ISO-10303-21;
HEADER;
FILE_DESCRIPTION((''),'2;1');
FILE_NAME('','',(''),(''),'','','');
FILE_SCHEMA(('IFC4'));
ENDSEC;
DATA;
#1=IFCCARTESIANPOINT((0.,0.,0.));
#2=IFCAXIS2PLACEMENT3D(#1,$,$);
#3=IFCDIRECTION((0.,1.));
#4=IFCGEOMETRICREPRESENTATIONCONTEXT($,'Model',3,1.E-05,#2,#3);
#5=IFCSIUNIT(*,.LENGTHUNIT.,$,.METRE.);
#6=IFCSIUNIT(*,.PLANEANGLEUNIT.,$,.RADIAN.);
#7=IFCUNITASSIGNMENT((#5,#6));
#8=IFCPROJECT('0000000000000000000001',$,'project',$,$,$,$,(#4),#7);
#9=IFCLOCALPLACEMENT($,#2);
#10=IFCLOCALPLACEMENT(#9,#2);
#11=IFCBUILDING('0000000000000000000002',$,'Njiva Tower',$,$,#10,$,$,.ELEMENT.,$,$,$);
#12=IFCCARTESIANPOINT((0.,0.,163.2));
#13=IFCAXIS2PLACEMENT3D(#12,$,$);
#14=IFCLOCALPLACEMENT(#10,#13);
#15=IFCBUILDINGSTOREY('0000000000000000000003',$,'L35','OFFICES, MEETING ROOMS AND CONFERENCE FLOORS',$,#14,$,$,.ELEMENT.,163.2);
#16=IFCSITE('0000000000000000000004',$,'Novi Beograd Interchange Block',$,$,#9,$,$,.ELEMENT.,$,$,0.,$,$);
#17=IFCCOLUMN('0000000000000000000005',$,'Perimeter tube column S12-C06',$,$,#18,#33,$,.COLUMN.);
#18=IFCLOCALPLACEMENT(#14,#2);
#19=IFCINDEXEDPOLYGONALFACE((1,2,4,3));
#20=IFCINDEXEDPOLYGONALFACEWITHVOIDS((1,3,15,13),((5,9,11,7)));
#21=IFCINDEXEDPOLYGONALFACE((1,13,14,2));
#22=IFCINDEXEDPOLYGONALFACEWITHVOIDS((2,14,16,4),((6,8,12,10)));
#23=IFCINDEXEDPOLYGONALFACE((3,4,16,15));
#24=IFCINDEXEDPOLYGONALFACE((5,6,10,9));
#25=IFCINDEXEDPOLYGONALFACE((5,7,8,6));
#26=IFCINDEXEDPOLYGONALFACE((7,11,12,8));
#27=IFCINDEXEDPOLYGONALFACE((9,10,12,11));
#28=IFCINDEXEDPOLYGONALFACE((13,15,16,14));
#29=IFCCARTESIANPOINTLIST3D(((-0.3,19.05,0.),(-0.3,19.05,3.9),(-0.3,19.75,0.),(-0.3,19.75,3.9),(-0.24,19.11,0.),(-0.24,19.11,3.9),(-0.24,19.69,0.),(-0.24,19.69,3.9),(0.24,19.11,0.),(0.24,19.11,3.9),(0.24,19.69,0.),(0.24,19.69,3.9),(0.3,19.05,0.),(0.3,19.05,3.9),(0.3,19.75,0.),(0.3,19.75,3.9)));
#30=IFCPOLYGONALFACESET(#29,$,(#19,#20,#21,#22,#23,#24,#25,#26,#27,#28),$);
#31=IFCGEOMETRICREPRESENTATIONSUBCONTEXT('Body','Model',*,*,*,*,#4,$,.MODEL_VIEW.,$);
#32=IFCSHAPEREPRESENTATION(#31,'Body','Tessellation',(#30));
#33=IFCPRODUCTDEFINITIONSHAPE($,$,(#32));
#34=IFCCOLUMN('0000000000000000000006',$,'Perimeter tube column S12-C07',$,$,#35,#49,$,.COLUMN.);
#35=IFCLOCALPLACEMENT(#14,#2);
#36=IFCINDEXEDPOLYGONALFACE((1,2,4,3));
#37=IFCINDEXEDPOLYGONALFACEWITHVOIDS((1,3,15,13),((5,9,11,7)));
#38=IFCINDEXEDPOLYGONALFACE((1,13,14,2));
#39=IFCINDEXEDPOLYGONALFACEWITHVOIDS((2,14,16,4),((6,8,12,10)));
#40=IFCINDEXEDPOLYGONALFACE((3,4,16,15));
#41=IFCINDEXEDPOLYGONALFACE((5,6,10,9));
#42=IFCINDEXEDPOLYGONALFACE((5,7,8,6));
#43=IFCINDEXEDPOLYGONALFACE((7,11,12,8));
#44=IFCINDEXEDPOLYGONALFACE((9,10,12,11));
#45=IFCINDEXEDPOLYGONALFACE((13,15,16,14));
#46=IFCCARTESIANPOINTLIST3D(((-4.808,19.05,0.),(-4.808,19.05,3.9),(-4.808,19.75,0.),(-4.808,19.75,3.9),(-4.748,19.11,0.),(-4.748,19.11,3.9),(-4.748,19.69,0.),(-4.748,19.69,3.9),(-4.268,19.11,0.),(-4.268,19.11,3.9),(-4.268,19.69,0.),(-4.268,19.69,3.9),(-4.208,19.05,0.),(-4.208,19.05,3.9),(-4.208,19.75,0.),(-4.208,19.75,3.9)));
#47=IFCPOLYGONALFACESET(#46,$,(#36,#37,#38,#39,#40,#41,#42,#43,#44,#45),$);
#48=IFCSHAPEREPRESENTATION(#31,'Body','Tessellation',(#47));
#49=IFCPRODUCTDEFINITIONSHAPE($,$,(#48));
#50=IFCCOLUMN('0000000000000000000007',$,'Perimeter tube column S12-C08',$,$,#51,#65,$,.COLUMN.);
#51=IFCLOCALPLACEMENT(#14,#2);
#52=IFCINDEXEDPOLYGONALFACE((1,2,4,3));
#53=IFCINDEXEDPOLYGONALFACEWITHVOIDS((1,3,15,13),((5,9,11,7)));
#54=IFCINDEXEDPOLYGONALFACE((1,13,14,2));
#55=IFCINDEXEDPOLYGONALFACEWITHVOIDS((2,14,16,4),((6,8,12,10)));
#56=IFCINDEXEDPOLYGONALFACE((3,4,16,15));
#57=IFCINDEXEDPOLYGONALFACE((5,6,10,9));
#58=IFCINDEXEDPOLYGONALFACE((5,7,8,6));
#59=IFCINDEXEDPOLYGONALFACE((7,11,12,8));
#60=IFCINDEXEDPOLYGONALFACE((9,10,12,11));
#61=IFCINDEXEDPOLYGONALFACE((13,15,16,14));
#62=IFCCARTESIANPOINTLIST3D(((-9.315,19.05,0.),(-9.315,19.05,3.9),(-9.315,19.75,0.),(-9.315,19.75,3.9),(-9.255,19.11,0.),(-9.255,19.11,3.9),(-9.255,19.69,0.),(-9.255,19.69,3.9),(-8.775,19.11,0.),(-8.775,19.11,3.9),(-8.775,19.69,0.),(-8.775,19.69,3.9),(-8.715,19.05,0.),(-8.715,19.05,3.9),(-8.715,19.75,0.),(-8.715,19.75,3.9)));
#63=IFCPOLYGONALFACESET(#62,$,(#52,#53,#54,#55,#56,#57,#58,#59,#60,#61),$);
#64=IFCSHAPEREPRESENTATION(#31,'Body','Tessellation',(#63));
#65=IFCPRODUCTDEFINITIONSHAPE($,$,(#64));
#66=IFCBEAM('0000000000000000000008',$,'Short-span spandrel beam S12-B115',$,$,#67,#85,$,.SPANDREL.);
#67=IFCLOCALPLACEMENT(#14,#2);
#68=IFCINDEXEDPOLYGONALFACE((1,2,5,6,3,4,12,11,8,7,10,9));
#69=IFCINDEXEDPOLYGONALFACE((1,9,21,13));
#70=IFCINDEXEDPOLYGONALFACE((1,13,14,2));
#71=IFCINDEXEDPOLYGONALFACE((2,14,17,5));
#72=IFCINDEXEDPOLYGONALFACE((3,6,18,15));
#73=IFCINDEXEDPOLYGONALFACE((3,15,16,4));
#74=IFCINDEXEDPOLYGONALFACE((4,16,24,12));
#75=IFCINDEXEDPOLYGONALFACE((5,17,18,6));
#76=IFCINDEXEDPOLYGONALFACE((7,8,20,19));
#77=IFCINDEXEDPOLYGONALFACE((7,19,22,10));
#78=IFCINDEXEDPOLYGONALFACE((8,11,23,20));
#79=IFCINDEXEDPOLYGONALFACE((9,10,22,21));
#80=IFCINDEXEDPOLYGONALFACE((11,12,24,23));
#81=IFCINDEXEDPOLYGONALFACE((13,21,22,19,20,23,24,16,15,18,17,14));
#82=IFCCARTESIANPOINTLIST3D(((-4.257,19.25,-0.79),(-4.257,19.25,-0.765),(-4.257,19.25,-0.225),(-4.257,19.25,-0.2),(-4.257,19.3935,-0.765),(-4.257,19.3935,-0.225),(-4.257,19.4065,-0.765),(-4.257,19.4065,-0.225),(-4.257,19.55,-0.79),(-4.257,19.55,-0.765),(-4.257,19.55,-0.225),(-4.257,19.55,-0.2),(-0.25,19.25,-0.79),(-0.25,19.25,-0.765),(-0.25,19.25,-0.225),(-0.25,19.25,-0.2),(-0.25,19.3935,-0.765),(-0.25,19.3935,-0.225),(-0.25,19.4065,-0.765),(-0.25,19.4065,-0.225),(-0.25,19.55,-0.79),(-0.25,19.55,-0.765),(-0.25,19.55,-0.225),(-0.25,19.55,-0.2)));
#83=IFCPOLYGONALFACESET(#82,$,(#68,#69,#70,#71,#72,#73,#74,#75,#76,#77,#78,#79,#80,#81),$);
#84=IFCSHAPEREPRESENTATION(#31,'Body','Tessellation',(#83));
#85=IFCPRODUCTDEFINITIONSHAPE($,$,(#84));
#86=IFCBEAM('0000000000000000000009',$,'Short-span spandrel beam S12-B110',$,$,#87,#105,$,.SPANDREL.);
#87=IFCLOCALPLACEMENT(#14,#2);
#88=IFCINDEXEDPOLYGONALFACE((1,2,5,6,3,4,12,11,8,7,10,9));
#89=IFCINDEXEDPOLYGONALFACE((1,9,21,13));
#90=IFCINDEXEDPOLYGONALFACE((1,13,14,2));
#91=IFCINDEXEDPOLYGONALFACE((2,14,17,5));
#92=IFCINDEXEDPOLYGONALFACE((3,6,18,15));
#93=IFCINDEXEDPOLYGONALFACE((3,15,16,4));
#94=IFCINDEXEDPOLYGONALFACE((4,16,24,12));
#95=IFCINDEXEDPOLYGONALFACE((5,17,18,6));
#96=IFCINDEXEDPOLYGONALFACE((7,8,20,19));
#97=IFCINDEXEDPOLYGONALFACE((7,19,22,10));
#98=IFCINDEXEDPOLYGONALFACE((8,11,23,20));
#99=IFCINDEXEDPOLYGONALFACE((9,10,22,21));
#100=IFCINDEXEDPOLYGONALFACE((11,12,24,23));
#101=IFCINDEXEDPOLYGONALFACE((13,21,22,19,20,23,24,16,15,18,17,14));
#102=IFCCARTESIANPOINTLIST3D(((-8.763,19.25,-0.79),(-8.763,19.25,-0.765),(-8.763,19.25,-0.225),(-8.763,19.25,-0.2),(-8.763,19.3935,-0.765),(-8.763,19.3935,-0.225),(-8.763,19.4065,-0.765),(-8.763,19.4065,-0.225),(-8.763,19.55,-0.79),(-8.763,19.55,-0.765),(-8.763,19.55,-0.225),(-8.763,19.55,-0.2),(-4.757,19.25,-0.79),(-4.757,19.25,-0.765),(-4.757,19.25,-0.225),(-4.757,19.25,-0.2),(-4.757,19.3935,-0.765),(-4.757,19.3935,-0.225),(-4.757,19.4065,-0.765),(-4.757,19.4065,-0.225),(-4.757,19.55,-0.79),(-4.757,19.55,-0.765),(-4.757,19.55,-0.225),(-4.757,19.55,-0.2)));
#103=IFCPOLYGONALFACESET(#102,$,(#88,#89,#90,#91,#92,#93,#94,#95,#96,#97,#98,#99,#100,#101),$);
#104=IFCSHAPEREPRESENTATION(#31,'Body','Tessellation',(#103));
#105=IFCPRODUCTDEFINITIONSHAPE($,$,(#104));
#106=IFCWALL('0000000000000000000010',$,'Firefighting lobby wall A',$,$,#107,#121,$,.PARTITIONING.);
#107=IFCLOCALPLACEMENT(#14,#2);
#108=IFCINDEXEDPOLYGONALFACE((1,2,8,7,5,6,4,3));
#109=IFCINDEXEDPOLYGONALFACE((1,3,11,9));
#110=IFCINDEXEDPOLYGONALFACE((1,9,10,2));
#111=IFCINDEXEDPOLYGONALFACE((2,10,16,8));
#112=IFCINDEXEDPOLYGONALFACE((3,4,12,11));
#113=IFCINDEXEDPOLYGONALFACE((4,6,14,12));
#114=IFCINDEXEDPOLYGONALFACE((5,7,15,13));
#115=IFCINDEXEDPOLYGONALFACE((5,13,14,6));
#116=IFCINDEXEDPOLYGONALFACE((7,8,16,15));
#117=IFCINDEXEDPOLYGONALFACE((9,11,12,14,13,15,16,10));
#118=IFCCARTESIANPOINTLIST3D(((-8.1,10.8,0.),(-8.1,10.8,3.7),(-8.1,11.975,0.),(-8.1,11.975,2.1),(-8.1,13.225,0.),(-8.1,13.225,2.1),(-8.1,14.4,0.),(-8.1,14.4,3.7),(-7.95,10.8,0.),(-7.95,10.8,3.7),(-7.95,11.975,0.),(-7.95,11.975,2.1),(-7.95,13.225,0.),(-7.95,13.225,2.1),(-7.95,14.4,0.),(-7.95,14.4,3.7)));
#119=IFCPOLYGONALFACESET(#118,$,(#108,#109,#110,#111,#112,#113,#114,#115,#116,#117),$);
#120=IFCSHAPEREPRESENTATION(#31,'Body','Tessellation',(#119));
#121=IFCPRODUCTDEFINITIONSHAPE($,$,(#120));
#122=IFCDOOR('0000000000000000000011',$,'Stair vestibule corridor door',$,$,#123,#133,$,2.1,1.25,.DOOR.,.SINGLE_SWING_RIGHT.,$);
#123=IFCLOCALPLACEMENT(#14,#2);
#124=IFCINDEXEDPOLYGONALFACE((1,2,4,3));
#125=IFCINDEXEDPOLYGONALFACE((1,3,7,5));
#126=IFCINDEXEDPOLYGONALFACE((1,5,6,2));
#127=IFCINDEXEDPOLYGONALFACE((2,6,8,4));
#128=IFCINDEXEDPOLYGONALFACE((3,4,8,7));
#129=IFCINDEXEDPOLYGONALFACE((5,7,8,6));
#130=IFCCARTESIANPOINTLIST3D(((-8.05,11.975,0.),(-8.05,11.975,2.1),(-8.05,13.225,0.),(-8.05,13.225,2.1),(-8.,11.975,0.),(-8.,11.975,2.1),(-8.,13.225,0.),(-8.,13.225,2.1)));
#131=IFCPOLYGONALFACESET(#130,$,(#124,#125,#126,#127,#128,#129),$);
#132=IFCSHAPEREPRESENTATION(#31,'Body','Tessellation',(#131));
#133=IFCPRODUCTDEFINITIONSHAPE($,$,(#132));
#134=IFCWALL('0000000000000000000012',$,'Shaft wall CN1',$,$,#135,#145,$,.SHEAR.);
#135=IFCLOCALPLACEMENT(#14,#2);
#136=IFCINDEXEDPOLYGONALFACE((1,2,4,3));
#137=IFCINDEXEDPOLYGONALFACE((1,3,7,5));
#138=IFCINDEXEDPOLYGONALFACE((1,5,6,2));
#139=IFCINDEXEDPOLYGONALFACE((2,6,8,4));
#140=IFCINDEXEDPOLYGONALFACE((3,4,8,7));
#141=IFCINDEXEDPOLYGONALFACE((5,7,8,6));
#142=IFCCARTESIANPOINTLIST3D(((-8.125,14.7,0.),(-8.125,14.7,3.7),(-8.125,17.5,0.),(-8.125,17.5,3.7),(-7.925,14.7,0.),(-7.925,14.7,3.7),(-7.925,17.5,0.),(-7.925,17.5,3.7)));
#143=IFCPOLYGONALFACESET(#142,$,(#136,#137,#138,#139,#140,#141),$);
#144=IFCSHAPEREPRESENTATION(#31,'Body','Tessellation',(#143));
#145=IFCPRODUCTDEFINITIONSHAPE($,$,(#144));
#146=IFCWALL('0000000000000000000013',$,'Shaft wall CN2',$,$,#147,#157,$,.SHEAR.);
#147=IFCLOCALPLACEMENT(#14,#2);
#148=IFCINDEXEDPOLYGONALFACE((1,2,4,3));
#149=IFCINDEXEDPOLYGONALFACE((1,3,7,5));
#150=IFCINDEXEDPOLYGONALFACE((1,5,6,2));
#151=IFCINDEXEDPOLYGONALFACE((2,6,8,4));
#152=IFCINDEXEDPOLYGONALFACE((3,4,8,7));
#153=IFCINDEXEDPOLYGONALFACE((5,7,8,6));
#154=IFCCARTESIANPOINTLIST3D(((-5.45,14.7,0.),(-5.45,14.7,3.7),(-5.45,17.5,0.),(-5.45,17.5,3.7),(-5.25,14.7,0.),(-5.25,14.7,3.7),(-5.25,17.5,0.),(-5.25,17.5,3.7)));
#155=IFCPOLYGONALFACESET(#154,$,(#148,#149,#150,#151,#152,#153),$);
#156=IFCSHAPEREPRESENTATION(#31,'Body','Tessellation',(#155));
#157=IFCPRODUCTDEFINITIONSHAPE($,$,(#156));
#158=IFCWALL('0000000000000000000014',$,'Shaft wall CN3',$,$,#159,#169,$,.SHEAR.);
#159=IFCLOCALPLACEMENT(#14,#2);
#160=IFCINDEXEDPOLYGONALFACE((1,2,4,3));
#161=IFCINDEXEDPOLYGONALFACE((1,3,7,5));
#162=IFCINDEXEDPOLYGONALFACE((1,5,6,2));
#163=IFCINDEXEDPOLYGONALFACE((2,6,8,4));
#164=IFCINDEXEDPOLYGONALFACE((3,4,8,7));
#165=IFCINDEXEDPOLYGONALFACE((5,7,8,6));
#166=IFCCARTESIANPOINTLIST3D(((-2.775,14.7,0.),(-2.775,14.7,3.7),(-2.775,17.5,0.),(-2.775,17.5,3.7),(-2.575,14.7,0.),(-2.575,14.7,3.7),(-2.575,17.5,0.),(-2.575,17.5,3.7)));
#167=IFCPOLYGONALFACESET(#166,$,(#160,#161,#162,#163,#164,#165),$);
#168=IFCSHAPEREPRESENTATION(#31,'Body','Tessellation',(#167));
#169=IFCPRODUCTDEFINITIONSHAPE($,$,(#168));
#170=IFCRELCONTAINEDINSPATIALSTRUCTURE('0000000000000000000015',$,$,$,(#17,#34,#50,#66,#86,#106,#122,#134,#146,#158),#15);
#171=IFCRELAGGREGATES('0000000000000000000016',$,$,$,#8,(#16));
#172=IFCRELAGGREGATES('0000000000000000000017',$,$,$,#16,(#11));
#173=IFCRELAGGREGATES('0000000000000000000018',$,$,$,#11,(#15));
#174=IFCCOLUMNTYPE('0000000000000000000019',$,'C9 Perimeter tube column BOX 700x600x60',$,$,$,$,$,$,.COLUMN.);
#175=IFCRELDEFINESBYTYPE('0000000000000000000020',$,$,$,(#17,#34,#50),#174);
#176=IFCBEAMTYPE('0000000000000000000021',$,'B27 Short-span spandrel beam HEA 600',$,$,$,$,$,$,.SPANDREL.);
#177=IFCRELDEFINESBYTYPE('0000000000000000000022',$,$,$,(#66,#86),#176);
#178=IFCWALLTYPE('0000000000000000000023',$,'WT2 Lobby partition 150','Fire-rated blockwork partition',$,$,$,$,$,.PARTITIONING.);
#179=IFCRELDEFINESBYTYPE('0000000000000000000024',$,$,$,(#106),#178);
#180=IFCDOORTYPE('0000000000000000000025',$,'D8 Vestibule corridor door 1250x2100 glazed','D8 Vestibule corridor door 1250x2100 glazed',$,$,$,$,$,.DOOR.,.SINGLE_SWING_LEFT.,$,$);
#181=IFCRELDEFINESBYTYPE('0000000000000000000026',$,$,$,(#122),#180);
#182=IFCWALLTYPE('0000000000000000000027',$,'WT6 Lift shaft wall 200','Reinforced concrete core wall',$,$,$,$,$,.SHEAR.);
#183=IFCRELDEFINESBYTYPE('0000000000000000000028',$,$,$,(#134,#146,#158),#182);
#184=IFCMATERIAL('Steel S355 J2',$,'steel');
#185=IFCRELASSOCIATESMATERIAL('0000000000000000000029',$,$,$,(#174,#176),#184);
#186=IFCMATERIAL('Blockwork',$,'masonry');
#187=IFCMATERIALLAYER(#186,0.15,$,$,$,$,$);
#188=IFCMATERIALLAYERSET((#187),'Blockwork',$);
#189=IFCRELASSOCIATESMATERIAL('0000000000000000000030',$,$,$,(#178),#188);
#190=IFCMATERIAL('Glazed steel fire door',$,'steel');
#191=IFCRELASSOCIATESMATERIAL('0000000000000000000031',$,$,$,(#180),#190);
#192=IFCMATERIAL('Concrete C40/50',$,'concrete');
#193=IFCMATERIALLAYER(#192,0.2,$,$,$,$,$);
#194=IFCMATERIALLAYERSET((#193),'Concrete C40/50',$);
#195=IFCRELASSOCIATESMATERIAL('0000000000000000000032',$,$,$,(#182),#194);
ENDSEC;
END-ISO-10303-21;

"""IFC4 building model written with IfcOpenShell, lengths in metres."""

from ifc_helpers import new_model, si_unit, direction, frame, frame_2d, origin, origin_2d, place, context, subcontext, project, spatial, rectangle, hollow_rectangle, i_section, extrude, material, layer, layer_set, material_profile, profile_set, type_object, element, fill, save


model = new_model("IFC4")

# Units and contexts
model_context = context("Model", 3, precision=1e-05, world=origin(), true_north=direction((0.0, 1.0)))
body_context = subcontext(model_context, "Body", "Model", "MODEL_VIEW")
ifc_project = project(units=[si_unit("LENGTHUNIT", "METRE"), si_unit("PLANEANGLEUNIT", "RADIAN")], contexts=[model_context])

# Site, building, storey
site_placement = place(None, origin())
site = spatial("IfcSite", under=ifc_project, at=site_placement, Name="Novi Beograd Interchange Block", CompositionType="ELEMENT", RefElevation=0.0)
building_placement = place(site_placement, origin())
building = spatial("IfcBuilding", under=site, at=building_placement, Name="Njiva Tower", CompositionType="ELEMENT")
storey_placement = place(building_placement, frame((0.0, 0.0, 163.2)))
storey = spatial("IfcBuildingStorey", under=building, at=storey_placement, Name="L35", Description="OFFICES, MEETING ROOMS AND CONFERENCE FLOORS", CompositionType="ELEMENT", Elevation=163.2)

# Columns
ifc_material_1 = material(Name="Steel S355 J2", Category="steel")
ifc_material_profile_1 = material_profile(ifc_material_1, hollow_rectangle(XDim=0.6, YDim=0.7, WallThickness=0.06, at=origin_2d()), Name="BOX 700x600x60")
ifc_profile_set_1 = profile_set([ifc_material_profile_1], Name="Steel S355 J2")
column_type = type_object("IfcColumnType", Name="C9 Perimeter tube column BOX 700x600x60", PredefinedType="COLUMN", material=ifc_profile_set_1)
for number, where, z_axis, x_axis, name in (
    (1, (0.0, 19.4, 0.0), (0.0, 0.0, 1.0), (-1.0, 0.0, 0.0), "Perimeter tube column S12-C06"),
    (2, (-4.508, 19.4, 0.0), (0.0, 0.0, 1.0), (-1.0, 0.0, 0.0), "Perimeter tube column S12-C07"),
    (3, (-9.015, 19.4, 0.0), (0.0, 0.0, 1.0), (-1.0, 0.0, 0.0), "Perimeter tube column S12-C08"),
):
    element("IfcColumn", number, at=place(storey_placement, frame(where, z_axis=z_axis, x_axis=x_axis)), inside=storey, type_object=column_type, Name=name, PredefinedType="COLUMN", context=body_context, shape_type="SweptSolid", body=[
        extrude(hollow_rectangle(XDim=0.6, YDim=0.7, WallThickness=0.06, at=origin_2d()), origin(), (0.0, 0.0, 1.0), 3.9),
    ])

# Beams
ifc_material_profile_2 = material_profile(ifc_material_1, i_section(OverallWidth=0.3, OverallDepth=0.59, WebThickness=0.013, FlangeThickness=0.025, at=origin_2d()), Name="HEA 600")
ifc_profile_set_2 = profile_set([ifc_material_profile_2], Name="Steel S355 J2")
beam_type = type_object("IfcBeamType", Name="B27 Short-span spandrel beam HEA 600", PredefinedType="SPANDREL", material=ifc_profile_set_2)
beam_1_placement = place(storey_placement, frame((-0.25, 19.4, -0.495), z_axis=(-1.0, 0.0, 0.0), x_axis=(0.0, -1.0, 0.0)))
element("IfcBeam", 4, at=beam_1_placement, inside=storey, type_object=beam_type, Name="Short-span spandrel beam S12-B115", PredefinedType="SPANDREL", context=body_context, shape_type="SweptSolid", body=[
    extrude(i_section(OverallWidth=0.3, OverallDepth=0.59, WebThickness=0.013, FlangeThickness=0.025, at=origin_2d()), origin(), (0.0, 0.0, 1.0), 4.007),
])
beam_2_placement = place(storey_placement, frame((-4.757, 19.4, -0.495), z_axis=(-1.0, 0.0, 0.0), x_axis=(0.0, -1.0, 0.0)))
element("IfcBeam", 5, at=beam_2_placement, inside=storey, type_object=beam_type, Name="Short-span spandrel beam S12-B110", PredefinedType="SPANDREL", context=body_context, shape_type="SweptSolid", body=[
    extrude(i_section(OverallWidth=0.3, OverallDepth=0.59, WebThickness=0.013, FlangeThickness=0.025, at=origin_2d()), origin(), (0.0, 0.0, 1.0), 4.006),
])

# Wall, opening, door
ifc_material_2 = material(Name="Blockwork", Category="masonry")
ifc_layer_1 = layer(ifc_material_2, 0.15)
ifc_layer_set_1 = layer_set([ifc_layer_1], Name="Blockwork")
wall_type_1 = type_object("IfcWallType", Name="WT2 Lobby partition 150", Description="Fire-rated blockwork partition", PredefinedType="PARTITIONING", material=ifc_layer_set_1)
wall_placement = place(storey_placement, frame((-8.025, 10.8, 0.0), z_axis=(0.0, 0.0, 1.0), x_axis=(0.0, 1.0, 0.0)))
wall = element("IfcWall", 6, at=wall_placement, inside=storey, type_object=wall_type_1, Name="Firefighting lobby wall A", PredefinedType="PARTITIONING", context=body_context, shape_type="SweptSolid", body=[
    extrude(rectangle(XDim=3.6, YDim=0.15, at=frame_2d((1.8, 0.0))), origin(), (0.0, 0.0, 1.0), 3.7),
])
opening_placement = place(wall_placement, frame((1.175, 0.0, 0.0)))
opening = element("IfcOpeningElement", 7, at=opening_placement, cuts=wall, PredefinedType="OPENING", context=body_context, shape_type="SweptSolid", body=[
    extrude(rectangle(XDim=1.25, YDim=2.1, at=frame_2d((0.625, 1.05))), frame((0.0, 0.085, 0.0), z_axis=(0.0, -1.0, 0.0), x_axis=(1.0, 0.0, 0.0)), (0.0, 0.0, 1.0), 0.17),
])
ifc_material_3 = material(Name="Glazed steel fire door", Category="steel")
door_type = type_object("IfcDoorType", Name="D8 Vestibule corridor door 1250x2100 glazed", Description="D8 Vestibule corridor door 1250x2100 glazed", OperationType="SINGLE_SWING_LEFT", PredefinedType="DOOR", material=ifc_material_3)
door_placement = place(opening_placement, origin())
door = element("IfcDoor", 8, at=door_placement, inside=storey, type_object=door_type, Name="Stair vestibule corridor door", OperationType="SINGLE_SWING_RIGHT", OverallHeight=2.1, OverallWidth=1.25, PredefinedType="DOOR", context=body_context, shape_type="SweptSolid", body=[
    extrude(rectangle(XDim=1.25, YDim=2.1, at=frame_2d((0.625, 1.05))), frame((0.0, 0.025, 0.0), z_axis=(0.0, -1.0, 0.0), x_axis=(1.0, 0.0, 0.0)), (0.0, 0.0, 1.0), 0.05),
])
fill(opening, door)

# Walls
ifc_material_4 = material(Name="Concrete C40/50", Category="concrete")
ifc_layer_2 = layer(ifc_material_4, 0.2)
ifc_layer_set_2 = layer_set([ifc_layer_2], Name="Concrete C40/50")
wall_type_2 = type_object("IfcWallType", Name="WT6 Lift shaft wall 200", Description="Reinforced concrete core wall", PredefinedType="SHEAR", material=ifc_layer_set_2)
for number, where, z_axis, x_axis, name in (
    (9, (-8.025, 14.7, 0.0), (0.0, 0.0, 1.0), (0.0, 1.0, 0.0), "Shaft wall CN1"),
    (10, (-5.35, 14.7, 0.0), (0.0, 0.0, 1.0), (0.0, 1.0, 0.0), "Shaft wall CN2"),
    (11, (-2.675, 14.7, 0.0), (0.0, 0.0, 1.0), (0.0, 1.0, 0.0), "Shaft wall CN3"),
):
    element("IfcWall", number, at=place(storey_placement, frame(where, z_axis=z_axis, x_axis=x_axis)), inside=storey, type_object=wall_type_2, Name=name, PredefinedType="SHEAR", context=body_context, shape_type="SweptSolid", body=[
        extrude(rectangle(XDim=2.8, YDim=0.2, at=frame_2d((1.4, 0.0))), origin(), (0.0, 0.0, 1.0), 3.7),
    ])

save(model, "model.ifc")
